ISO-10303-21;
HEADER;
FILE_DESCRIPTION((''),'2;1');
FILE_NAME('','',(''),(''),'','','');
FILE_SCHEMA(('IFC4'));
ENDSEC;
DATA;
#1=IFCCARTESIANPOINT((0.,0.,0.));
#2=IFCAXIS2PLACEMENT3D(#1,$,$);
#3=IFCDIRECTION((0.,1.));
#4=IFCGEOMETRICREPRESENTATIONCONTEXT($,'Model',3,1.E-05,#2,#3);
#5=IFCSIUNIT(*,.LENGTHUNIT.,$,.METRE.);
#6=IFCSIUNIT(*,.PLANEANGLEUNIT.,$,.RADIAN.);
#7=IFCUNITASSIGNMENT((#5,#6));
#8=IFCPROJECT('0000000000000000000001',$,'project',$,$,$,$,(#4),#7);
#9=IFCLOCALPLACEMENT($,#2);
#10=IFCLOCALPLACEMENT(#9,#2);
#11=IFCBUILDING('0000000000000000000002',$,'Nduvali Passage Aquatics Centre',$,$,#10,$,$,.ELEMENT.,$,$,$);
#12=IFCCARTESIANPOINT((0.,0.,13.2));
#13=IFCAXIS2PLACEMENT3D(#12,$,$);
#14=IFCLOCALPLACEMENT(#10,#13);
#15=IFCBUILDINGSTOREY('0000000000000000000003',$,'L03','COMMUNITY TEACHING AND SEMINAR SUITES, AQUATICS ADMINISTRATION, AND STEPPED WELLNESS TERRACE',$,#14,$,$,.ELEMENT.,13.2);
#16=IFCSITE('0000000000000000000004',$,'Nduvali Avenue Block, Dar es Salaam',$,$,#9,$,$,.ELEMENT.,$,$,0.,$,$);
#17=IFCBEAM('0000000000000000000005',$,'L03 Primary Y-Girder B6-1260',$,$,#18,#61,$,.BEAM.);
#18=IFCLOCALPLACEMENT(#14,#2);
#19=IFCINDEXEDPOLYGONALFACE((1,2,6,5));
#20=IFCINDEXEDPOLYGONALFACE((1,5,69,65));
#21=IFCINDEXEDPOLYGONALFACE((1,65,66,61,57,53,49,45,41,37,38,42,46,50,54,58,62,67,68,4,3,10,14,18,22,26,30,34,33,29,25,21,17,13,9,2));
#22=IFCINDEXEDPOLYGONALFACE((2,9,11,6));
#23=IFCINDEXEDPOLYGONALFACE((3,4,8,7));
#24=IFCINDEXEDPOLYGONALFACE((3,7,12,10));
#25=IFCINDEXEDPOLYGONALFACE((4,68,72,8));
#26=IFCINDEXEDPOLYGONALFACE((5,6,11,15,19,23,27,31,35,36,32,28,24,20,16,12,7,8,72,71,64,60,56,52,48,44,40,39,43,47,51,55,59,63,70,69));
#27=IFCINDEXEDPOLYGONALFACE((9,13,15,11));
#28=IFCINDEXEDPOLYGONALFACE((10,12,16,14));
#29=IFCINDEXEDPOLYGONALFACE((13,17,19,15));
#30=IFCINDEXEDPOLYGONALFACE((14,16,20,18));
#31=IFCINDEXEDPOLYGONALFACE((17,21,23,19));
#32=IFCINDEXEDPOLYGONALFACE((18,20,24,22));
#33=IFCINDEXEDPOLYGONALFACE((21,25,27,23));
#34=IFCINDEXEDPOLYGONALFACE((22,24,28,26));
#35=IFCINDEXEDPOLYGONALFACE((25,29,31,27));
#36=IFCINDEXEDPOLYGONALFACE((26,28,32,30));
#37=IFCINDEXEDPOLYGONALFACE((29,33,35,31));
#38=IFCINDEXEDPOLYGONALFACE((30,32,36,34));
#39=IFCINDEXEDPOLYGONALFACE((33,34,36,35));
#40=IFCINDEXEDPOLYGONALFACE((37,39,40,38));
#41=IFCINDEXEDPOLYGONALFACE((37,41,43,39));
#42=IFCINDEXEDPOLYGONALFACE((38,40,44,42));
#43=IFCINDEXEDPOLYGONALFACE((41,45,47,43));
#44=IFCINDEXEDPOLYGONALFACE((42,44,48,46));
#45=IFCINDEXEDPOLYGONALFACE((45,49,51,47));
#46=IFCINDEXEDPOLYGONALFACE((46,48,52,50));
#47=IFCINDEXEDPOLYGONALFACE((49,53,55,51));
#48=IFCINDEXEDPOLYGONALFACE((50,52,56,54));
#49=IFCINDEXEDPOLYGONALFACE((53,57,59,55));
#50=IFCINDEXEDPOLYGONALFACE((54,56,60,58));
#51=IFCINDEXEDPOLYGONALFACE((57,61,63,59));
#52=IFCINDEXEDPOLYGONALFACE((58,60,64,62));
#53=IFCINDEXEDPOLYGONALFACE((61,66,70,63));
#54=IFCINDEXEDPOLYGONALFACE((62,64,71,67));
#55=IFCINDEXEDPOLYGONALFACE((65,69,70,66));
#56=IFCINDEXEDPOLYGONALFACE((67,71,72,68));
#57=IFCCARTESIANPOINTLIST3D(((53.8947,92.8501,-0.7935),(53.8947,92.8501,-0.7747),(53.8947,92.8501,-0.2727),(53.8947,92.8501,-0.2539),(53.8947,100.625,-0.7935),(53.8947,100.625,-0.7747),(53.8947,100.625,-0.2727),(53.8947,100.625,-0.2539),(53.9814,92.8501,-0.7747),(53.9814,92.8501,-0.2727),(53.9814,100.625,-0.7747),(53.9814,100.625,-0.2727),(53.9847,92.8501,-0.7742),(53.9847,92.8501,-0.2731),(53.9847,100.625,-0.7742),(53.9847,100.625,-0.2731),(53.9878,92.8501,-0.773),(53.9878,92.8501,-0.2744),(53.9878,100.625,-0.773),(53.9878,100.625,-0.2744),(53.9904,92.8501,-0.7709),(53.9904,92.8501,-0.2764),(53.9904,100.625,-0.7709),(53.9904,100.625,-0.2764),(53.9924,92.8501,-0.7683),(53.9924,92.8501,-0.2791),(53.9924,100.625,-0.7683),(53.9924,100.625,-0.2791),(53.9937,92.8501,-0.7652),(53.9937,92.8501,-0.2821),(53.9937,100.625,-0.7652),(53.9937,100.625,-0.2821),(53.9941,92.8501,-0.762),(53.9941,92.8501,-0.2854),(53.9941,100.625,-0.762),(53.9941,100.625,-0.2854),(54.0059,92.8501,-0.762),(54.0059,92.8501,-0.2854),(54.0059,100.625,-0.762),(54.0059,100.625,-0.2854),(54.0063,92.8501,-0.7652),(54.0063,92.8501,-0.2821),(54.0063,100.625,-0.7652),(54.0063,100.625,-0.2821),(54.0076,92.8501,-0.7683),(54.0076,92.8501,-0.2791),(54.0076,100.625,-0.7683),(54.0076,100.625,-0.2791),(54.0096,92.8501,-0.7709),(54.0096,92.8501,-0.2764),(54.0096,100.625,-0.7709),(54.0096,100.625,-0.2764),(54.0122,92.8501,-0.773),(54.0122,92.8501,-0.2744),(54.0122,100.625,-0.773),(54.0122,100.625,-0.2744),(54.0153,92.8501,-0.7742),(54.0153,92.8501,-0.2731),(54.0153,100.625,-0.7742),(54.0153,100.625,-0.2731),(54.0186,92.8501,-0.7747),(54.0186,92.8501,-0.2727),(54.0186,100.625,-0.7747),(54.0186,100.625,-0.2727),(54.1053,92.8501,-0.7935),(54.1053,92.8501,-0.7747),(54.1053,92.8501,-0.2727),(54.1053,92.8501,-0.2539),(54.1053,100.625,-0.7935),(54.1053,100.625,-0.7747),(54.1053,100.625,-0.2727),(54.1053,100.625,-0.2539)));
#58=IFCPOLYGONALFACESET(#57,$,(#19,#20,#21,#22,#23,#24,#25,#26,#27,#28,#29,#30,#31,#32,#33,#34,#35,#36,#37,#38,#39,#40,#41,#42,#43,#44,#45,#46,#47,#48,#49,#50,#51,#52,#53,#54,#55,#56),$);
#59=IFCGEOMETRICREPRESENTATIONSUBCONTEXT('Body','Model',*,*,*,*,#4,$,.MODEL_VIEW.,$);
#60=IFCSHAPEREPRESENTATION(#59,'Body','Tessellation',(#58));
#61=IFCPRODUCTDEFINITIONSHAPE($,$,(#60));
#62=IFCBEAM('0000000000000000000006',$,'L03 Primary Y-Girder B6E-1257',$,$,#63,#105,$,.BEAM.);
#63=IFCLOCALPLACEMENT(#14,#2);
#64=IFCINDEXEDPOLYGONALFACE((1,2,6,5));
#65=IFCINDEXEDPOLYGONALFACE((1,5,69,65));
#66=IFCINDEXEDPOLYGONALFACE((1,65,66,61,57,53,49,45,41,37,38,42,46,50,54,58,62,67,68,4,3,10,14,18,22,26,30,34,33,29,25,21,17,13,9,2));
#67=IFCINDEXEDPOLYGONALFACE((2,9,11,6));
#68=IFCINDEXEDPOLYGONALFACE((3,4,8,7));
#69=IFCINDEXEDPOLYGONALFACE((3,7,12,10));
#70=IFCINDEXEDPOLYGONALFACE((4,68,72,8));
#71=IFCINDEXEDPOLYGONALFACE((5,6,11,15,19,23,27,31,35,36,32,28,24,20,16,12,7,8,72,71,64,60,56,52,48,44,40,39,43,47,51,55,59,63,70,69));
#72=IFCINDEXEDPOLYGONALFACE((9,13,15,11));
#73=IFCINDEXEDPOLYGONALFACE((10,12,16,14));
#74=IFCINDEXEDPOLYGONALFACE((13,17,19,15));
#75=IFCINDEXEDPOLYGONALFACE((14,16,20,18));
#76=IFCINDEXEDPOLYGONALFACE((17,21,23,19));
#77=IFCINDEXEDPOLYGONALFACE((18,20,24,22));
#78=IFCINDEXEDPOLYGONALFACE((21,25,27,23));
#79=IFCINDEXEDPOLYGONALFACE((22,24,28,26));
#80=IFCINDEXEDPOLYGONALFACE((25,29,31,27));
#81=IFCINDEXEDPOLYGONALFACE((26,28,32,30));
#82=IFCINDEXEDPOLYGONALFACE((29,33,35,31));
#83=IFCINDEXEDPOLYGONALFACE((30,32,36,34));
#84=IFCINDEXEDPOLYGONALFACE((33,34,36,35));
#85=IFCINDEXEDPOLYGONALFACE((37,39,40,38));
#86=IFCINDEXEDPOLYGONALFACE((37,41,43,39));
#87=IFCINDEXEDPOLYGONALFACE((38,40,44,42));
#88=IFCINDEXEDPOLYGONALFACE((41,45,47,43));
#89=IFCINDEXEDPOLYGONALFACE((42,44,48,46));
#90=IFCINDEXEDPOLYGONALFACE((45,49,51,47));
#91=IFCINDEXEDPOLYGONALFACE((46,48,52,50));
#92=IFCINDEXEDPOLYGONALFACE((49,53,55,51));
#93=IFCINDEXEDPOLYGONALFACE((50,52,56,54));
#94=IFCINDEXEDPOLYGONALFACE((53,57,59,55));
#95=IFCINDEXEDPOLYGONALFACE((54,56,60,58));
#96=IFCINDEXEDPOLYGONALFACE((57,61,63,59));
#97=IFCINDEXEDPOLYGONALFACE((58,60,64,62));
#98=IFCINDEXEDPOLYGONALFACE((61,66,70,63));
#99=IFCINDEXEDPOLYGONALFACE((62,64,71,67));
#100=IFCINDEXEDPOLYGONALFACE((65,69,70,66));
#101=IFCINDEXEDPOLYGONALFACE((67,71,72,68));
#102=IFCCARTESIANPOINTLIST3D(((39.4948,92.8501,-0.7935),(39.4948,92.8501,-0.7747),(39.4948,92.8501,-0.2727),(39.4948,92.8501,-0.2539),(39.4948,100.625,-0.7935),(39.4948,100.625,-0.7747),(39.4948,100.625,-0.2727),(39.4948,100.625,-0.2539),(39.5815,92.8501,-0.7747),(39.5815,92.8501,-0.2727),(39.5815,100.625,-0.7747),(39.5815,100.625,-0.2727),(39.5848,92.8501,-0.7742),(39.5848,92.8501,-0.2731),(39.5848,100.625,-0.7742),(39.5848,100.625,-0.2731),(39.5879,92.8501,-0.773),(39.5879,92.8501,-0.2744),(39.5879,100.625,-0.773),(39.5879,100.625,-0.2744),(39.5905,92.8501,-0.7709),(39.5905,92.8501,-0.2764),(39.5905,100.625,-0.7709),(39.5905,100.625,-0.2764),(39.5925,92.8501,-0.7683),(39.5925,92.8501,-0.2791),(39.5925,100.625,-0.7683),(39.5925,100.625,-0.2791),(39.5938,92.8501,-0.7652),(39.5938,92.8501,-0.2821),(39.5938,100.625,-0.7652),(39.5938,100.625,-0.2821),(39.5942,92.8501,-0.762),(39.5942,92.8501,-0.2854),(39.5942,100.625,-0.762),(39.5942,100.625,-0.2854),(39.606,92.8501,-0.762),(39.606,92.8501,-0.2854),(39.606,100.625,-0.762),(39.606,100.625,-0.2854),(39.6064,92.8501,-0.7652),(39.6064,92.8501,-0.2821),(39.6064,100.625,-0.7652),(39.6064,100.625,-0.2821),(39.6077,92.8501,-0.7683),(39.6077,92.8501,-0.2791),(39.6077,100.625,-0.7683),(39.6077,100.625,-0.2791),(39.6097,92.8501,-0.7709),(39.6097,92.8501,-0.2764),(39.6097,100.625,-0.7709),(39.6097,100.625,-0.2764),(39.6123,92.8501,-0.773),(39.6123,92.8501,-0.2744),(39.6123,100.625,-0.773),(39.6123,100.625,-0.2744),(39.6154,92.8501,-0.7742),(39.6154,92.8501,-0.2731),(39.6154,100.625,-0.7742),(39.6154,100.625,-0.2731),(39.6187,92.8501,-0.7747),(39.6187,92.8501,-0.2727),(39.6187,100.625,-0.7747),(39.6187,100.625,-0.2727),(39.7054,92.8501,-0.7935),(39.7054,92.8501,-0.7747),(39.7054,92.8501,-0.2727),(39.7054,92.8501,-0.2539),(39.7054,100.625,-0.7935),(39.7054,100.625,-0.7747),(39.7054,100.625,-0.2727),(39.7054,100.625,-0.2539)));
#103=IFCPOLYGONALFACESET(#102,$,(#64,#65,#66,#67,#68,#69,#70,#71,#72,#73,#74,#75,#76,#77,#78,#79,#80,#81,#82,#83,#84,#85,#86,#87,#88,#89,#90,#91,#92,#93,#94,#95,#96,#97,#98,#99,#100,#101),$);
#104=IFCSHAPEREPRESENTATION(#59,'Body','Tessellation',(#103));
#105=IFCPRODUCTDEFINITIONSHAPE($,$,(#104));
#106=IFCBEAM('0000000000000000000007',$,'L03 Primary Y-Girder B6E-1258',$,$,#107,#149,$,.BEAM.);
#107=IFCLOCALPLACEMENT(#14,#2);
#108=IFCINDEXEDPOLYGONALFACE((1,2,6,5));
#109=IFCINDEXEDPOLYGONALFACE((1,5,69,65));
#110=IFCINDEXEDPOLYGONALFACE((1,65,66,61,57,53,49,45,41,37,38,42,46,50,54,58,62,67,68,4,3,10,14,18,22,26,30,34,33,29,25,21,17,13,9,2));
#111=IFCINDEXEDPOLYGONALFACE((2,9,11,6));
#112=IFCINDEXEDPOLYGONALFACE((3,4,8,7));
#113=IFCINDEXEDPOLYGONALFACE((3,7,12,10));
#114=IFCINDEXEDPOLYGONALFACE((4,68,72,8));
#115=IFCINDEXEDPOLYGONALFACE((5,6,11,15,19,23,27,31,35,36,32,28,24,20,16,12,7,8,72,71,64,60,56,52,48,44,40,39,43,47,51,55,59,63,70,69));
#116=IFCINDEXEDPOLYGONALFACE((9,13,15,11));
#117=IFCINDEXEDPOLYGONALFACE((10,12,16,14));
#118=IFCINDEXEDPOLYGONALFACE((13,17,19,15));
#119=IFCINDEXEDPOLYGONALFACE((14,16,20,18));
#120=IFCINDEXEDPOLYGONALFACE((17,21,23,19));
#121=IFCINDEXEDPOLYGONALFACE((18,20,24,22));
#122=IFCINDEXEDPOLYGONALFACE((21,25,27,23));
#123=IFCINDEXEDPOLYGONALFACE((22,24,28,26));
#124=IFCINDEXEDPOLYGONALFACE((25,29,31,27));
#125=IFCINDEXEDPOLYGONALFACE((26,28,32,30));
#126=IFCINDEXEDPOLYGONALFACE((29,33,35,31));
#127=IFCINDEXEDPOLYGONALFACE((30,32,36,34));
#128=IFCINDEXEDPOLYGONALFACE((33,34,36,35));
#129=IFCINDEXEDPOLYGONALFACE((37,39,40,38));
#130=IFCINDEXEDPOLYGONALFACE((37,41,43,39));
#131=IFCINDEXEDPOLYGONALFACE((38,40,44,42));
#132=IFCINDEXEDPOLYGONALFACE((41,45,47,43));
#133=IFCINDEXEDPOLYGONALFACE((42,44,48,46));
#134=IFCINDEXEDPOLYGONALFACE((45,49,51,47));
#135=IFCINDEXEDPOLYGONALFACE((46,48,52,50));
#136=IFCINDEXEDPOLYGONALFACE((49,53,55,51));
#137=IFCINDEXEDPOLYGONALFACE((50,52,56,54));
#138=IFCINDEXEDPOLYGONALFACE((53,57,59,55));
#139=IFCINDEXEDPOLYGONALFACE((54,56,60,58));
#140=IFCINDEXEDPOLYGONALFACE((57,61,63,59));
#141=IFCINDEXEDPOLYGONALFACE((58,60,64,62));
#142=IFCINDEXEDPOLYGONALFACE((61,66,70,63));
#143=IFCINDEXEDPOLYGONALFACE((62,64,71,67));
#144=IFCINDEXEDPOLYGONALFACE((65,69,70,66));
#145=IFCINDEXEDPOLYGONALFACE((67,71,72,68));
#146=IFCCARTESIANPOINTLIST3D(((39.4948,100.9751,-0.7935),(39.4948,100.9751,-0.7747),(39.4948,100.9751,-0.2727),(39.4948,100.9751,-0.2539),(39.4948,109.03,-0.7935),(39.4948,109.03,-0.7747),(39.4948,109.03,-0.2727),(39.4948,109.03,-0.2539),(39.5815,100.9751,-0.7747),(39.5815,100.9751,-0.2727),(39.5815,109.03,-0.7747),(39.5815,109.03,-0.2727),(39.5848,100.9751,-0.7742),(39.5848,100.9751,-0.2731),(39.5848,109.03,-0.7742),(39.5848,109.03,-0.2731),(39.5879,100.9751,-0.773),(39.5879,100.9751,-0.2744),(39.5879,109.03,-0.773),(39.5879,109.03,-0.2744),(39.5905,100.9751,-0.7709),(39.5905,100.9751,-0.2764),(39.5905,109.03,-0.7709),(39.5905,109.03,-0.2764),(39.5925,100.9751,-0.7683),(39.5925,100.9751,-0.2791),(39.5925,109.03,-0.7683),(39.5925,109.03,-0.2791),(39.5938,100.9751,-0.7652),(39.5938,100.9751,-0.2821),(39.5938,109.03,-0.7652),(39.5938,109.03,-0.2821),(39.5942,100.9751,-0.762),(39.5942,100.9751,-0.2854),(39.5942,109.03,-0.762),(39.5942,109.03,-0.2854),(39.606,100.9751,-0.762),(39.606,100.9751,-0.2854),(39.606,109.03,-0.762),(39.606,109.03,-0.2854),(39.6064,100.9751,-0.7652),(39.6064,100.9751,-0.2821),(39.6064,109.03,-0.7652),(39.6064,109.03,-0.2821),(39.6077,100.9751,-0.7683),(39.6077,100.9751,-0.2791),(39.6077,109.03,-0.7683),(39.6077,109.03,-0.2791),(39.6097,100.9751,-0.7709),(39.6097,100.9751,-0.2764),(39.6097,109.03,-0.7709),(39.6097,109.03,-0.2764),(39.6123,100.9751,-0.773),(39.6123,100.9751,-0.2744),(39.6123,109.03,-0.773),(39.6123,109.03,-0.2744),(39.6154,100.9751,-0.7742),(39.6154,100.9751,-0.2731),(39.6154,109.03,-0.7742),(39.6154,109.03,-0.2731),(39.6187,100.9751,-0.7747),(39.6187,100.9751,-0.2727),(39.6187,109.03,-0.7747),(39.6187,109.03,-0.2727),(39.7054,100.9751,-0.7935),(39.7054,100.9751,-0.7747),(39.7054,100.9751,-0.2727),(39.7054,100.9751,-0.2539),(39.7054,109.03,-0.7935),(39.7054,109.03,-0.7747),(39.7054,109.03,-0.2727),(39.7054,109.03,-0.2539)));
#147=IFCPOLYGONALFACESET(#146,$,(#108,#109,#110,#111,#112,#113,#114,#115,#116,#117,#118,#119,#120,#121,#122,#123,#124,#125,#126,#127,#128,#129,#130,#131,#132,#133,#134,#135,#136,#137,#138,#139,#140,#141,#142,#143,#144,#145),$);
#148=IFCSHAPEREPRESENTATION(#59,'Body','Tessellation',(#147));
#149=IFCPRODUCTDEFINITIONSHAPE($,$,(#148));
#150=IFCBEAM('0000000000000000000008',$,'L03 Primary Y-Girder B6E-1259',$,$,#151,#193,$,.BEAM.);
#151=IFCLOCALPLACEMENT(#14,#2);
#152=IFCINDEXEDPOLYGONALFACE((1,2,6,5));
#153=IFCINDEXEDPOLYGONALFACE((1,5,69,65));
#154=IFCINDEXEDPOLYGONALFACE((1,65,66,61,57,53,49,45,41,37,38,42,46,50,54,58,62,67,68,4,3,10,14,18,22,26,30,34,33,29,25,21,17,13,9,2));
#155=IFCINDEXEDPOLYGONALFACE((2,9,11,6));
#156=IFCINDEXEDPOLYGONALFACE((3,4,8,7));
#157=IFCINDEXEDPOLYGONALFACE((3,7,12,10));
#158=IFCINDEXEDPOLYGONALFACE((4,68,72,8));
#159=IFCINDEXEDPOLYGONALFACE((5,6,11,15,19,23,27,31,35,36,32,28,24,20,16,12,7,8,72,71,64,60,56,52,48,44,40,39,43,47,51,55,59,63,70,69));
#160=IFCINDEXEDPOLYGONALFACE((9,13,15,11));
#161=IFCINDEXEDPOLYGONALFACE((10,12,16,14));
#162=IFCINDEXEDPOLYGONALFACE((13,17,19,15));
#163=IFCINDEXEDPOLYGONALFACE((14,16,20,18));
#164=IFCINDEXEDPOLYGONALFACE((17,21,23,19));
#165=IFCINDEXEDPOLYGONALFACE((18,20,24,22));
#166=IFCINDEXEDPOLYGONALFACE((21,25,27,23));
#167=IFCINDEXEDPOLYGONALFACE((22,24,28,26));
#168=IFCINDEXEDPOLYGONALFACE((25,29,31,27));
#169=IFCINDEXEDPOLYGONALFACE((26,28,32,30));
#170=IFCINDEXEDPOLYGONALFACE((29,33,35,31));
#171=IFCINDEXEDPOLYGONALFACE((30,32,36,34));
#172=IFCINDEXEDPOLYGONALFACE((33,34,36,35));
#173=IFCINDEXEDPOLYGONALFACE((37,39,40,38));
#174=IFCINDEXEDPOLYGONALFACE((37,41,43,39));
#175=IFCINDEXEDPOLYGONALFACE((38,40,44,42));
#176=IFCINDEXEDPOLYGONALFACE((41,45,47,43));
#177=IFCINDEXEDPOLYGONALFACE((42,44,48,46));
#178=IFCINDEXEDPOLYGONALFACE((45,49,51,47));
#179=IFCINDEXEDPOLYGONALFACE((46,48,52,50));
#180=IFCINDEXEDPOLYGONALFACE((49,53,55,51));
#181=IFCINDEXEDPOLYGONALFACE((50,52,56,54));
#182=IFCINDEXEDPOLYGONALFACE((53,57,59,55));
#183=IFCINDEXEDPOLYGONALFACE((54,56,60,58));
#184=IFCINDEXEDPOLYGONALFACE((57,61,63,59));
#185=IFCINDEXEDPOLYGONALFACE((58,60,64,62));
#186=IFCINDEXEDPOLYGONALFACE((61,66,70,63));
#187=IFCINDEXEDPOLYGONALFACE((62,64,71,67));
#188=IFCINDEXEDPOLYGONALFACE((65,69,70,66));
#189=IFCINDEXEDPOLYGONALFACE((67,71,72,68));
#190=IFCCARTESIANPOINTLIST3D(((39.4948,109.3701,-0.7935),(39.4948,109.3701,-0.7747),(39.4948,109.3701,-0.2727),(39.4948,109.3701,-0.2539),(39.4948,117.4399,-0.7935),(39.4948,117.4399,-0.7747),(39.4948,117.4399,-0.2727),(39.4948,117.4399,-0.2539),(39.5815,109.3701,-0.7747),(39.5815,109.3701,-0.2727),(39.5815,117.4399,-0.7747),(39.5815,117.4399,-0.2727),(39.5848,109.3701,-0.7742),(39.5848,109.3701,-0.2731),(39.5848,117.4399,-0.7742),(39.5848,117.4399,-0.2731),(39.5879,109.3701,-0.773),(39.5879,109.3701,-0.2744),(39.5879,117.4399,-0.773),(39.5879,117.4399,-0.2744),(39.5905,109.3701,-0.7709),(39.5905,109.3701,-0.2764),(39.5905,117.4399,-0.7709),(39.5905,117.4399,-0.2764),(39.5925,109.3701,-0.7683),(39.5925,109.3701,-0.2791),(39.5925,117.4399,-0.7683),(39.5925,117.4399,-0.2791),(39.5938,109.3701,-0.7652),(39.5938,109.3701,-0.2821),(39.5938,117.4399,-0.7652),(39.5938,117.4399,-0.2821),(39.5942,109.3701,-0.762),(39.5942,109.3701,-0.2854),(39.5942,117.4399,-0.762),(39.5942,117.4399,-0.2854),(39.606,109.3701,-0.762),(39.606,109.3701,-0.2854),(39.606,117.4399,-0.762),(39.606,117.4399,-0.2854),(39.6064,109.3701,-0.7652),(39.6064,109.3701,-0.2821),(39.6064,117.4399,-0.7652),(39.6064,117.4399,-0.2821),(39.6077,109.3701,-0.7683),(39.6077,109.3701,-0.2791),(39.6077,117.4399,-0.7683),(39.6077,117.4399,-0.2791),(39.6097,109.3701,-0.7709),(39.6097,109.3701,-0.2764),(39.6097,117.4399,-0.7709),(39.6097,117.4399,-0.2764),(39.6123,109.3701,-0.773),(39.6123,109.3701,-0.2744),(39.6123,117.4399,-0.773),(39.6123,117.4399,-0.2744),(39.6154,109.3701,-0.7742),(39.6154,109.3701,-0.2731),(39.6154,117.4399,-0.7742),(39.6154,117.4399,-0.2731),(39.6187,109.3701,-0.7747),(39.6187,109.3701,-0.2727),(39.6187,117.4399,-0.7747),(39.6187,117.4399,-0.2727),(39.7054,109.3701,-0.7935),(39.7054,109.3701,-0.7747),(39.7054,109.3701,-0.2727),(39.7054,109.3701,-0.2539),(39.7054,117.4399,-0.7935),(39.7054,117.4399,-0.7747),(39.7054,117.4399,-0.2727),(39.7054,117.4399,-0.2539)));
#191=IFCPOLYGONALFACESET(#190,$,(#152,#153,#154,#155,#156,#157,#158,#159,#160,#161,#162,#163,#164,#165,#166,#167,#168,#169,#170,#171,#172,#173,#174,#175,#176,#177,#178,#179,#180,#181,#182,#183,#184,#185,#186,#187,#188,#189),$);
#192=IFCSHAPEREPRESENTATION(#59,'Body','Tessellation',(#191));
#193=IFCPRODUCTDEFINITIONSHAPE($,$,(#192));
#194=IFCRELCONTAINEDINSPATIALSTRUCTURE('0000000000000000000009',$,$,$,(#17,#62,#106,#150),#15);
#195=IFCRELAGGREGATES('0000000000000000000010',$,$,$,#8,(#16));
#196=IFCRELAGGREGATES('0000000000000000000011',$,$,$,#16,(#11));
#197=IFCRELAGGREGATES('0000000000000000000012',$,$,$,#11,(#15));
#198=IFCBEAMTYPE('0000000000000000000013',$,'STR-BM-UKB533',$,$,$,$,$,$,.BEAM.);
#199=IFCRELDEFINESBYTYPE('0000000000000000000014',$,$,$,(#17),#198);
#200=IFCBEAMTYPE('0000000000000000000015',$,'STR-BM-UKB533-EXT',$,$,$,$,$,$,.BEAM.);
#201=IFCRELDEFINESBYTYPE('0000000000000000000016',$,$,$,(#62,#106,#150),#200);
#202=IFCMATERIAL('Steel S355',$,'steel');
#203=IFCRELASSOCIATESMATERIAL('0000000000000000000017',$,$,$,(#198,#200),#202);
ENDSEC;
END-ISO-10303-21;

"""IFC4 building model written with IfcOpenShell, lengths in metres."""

from ifc_helpers import new_model, si_unit, direction, frame, origin, origin_2d, place, context, subcontext, project, spatial, i_section, extrude, material, material_profile, profile_set, type_object, element, save


model = new_model("IFC4")

# Units and contexts
model_context = context("Model", 3, precision=1e-05, world=origin(), true_north=direction((0.0, 1.0)))
body_context = subcontext(model_context, "Body", "Model", "MODEL_VIEW")
ifc_project = project(units=[si_unit("LENGTHUNIT", "METRE"), si_unit("PLANEANGLEUNIT", "RADIAN")], contexts=[model_context])

# Site, building, storey
site_placement = place(None, origin())
site = spatial("IfcSite", under=ifc_project, at=site_placement, Name="Nduvali Avenue Block, Dar es Salaam", CompositionType="ELEMENT", RefElevation=0.0)
building_placement = place(site_placement, origin())
building = spatial("IfcBuilding", under=site, at=building_placement, Name="Nduvali Passage Aquatics Centre", CompositionType="ELEMENT")
storey_placement = place(building_placement, frame((0.0, 0.0, 13.2)))
storey = spatial("IfcBuildingStorey", under=building, at=storey_placement, Name="L03", Description="COMMUNITY TEACHING AND SEMINAR SUITES, AQUATICS ADMINISTRATION, AND STEPPED WELLNESS TERRACE", CompositionType="ELEMENT", Elevation=13.2)

# Shared definitions
ifc_material_1 = material(Name="Steel S355", Category="steel")

# Beams
ifc_material_profile_1 = material_profile(ifc_material_1, i_section(OverallWidth=0.2107, OverallDepth=0.5396, WebThickness=0.0117, FlangeThickness=0.0188, FilletRadius=0.0127, at=origin_2d()), Name="UKB 533x210x109")
ifc_profile_set_1 = profile_set([ifc_material_profile_1], Name="Steel S355")
beam_type_1 = type_object("IfcBeamType", Name="STR-BM-UKB533", PredefinedType="BEAM", material=ifc_profile_set_1)
beam_1_placement = place(storey_placement, frame((54.0, 92.8501, -0.5237), z_axis=(0.0, 1.0, 0.0), x_axis=(-1.0, 0.0, 0.0)))
element("IfcBeam", 1, at=beam_1_placement, inside=storey, type_object=beam_type_1, Name="L03 Primary Y-Girder B6-1260", PredefinedType="BEAM", context=body_context, shape_type="SweptSolid", body=[
    extrude(i_section(OverallWidth=0.2107, OverallDepth=0.5396, WebThickness=0.0117, FlangeThickness=0.0188, FilletRadius=0.0127, at=origin_2d()), origin(), (0.0, 0.0, 1.0), 7.7749),
])
ifc_material_profile_2 = material_profile(ifc_material_1, i_section(OverallWidth=0.2107, OverallDepth=0.5396, WebThickness=0.0117, FlangeThickness=0.0188, FilletRadius=0.0127, at=origin_2d()), Name="UKB 533x210x109")
ifc_profile_set_2 = profile_set([ifc_material_profile_2], Name="Steel S355")
beam_type_2 = type_object("IfcBeamType", Name="STR-BM-UKB533-EXT", PredefinedType="BEAM", material=ifc_profile_set_2)
beam_2_placement = place(storey_placement, frame((39.6001, 92.8501, -0.5237), z_axis=(0.0, 1.0, 0.0), x_axis=(-1.0, 0.0, 0.0)))
element("IfcBeam", 2, at=beam_2_placement, inside=storey, type_object=beam_type_2, Name="L03 Primary Y-Girder B6E-1257", PredefinedType="BEAM", context=body_context, shape_type="SweptSolid", body=[
    extrude(i_section(OverallWidth=0.2107, OverallDepth=0.5396, WebThickness=0.0117, FlangeThickness=0.0188, FilletRadius=0.0127, at=origin_2d()), origin(), (0.0, 0.0, 1.0), 7.7749),
])
beam_3_placement = place(storey_placement, frame((39.6001, 100.9751, -0.5237), z_axis=(0.0, 1.0, 0.0), x_axis=(-1.0, 0.0, 0.0)))
element("IfcBeam", 3, at=beam_3_placement, inside=storey, type_object=beam_type_2, Name="L03 Primary Y-Girder B6E-1258", PredefinedType="BEAM", context=body_context, shape_type="SweptSolid", body=[
    extrude(i_section(OverallWidth=0.2107, OverallDepth=0.5396, WebThickness=0.0117, FlangeThickness=0.0188, FilletRadius=0.0127, at=origin_2d()), origin(), (0.0, 0.0, 1.0), 8.0549),
])
beam_4_placement = place(storey_placement, frame((39.6001, 109.3701, -0.5237), z_axis=(0.0, 1.0, 0.0), x_axis=(-1.0, 0.0, 0.0)))
element("IfcBeam", 4, at=beam_4_placement, inside=storey, type_object=beam_type_2, Name="L03 Primary Y-Girder B6E-1259", PredefinedType="BEAM", context=body_context, shape_type="SweptSolid", body=[
    extrude(i_section(OverallWidth=0.2107, OverallDepth=0.5396, WebThickness=0.0117, FlangeThickness=0.0188, FilletRadius=0.0127, at=origin_2d()), origin(), (0.0, 0.0, 1.0), 8.0698),
])

save(model, "model.ifc")
